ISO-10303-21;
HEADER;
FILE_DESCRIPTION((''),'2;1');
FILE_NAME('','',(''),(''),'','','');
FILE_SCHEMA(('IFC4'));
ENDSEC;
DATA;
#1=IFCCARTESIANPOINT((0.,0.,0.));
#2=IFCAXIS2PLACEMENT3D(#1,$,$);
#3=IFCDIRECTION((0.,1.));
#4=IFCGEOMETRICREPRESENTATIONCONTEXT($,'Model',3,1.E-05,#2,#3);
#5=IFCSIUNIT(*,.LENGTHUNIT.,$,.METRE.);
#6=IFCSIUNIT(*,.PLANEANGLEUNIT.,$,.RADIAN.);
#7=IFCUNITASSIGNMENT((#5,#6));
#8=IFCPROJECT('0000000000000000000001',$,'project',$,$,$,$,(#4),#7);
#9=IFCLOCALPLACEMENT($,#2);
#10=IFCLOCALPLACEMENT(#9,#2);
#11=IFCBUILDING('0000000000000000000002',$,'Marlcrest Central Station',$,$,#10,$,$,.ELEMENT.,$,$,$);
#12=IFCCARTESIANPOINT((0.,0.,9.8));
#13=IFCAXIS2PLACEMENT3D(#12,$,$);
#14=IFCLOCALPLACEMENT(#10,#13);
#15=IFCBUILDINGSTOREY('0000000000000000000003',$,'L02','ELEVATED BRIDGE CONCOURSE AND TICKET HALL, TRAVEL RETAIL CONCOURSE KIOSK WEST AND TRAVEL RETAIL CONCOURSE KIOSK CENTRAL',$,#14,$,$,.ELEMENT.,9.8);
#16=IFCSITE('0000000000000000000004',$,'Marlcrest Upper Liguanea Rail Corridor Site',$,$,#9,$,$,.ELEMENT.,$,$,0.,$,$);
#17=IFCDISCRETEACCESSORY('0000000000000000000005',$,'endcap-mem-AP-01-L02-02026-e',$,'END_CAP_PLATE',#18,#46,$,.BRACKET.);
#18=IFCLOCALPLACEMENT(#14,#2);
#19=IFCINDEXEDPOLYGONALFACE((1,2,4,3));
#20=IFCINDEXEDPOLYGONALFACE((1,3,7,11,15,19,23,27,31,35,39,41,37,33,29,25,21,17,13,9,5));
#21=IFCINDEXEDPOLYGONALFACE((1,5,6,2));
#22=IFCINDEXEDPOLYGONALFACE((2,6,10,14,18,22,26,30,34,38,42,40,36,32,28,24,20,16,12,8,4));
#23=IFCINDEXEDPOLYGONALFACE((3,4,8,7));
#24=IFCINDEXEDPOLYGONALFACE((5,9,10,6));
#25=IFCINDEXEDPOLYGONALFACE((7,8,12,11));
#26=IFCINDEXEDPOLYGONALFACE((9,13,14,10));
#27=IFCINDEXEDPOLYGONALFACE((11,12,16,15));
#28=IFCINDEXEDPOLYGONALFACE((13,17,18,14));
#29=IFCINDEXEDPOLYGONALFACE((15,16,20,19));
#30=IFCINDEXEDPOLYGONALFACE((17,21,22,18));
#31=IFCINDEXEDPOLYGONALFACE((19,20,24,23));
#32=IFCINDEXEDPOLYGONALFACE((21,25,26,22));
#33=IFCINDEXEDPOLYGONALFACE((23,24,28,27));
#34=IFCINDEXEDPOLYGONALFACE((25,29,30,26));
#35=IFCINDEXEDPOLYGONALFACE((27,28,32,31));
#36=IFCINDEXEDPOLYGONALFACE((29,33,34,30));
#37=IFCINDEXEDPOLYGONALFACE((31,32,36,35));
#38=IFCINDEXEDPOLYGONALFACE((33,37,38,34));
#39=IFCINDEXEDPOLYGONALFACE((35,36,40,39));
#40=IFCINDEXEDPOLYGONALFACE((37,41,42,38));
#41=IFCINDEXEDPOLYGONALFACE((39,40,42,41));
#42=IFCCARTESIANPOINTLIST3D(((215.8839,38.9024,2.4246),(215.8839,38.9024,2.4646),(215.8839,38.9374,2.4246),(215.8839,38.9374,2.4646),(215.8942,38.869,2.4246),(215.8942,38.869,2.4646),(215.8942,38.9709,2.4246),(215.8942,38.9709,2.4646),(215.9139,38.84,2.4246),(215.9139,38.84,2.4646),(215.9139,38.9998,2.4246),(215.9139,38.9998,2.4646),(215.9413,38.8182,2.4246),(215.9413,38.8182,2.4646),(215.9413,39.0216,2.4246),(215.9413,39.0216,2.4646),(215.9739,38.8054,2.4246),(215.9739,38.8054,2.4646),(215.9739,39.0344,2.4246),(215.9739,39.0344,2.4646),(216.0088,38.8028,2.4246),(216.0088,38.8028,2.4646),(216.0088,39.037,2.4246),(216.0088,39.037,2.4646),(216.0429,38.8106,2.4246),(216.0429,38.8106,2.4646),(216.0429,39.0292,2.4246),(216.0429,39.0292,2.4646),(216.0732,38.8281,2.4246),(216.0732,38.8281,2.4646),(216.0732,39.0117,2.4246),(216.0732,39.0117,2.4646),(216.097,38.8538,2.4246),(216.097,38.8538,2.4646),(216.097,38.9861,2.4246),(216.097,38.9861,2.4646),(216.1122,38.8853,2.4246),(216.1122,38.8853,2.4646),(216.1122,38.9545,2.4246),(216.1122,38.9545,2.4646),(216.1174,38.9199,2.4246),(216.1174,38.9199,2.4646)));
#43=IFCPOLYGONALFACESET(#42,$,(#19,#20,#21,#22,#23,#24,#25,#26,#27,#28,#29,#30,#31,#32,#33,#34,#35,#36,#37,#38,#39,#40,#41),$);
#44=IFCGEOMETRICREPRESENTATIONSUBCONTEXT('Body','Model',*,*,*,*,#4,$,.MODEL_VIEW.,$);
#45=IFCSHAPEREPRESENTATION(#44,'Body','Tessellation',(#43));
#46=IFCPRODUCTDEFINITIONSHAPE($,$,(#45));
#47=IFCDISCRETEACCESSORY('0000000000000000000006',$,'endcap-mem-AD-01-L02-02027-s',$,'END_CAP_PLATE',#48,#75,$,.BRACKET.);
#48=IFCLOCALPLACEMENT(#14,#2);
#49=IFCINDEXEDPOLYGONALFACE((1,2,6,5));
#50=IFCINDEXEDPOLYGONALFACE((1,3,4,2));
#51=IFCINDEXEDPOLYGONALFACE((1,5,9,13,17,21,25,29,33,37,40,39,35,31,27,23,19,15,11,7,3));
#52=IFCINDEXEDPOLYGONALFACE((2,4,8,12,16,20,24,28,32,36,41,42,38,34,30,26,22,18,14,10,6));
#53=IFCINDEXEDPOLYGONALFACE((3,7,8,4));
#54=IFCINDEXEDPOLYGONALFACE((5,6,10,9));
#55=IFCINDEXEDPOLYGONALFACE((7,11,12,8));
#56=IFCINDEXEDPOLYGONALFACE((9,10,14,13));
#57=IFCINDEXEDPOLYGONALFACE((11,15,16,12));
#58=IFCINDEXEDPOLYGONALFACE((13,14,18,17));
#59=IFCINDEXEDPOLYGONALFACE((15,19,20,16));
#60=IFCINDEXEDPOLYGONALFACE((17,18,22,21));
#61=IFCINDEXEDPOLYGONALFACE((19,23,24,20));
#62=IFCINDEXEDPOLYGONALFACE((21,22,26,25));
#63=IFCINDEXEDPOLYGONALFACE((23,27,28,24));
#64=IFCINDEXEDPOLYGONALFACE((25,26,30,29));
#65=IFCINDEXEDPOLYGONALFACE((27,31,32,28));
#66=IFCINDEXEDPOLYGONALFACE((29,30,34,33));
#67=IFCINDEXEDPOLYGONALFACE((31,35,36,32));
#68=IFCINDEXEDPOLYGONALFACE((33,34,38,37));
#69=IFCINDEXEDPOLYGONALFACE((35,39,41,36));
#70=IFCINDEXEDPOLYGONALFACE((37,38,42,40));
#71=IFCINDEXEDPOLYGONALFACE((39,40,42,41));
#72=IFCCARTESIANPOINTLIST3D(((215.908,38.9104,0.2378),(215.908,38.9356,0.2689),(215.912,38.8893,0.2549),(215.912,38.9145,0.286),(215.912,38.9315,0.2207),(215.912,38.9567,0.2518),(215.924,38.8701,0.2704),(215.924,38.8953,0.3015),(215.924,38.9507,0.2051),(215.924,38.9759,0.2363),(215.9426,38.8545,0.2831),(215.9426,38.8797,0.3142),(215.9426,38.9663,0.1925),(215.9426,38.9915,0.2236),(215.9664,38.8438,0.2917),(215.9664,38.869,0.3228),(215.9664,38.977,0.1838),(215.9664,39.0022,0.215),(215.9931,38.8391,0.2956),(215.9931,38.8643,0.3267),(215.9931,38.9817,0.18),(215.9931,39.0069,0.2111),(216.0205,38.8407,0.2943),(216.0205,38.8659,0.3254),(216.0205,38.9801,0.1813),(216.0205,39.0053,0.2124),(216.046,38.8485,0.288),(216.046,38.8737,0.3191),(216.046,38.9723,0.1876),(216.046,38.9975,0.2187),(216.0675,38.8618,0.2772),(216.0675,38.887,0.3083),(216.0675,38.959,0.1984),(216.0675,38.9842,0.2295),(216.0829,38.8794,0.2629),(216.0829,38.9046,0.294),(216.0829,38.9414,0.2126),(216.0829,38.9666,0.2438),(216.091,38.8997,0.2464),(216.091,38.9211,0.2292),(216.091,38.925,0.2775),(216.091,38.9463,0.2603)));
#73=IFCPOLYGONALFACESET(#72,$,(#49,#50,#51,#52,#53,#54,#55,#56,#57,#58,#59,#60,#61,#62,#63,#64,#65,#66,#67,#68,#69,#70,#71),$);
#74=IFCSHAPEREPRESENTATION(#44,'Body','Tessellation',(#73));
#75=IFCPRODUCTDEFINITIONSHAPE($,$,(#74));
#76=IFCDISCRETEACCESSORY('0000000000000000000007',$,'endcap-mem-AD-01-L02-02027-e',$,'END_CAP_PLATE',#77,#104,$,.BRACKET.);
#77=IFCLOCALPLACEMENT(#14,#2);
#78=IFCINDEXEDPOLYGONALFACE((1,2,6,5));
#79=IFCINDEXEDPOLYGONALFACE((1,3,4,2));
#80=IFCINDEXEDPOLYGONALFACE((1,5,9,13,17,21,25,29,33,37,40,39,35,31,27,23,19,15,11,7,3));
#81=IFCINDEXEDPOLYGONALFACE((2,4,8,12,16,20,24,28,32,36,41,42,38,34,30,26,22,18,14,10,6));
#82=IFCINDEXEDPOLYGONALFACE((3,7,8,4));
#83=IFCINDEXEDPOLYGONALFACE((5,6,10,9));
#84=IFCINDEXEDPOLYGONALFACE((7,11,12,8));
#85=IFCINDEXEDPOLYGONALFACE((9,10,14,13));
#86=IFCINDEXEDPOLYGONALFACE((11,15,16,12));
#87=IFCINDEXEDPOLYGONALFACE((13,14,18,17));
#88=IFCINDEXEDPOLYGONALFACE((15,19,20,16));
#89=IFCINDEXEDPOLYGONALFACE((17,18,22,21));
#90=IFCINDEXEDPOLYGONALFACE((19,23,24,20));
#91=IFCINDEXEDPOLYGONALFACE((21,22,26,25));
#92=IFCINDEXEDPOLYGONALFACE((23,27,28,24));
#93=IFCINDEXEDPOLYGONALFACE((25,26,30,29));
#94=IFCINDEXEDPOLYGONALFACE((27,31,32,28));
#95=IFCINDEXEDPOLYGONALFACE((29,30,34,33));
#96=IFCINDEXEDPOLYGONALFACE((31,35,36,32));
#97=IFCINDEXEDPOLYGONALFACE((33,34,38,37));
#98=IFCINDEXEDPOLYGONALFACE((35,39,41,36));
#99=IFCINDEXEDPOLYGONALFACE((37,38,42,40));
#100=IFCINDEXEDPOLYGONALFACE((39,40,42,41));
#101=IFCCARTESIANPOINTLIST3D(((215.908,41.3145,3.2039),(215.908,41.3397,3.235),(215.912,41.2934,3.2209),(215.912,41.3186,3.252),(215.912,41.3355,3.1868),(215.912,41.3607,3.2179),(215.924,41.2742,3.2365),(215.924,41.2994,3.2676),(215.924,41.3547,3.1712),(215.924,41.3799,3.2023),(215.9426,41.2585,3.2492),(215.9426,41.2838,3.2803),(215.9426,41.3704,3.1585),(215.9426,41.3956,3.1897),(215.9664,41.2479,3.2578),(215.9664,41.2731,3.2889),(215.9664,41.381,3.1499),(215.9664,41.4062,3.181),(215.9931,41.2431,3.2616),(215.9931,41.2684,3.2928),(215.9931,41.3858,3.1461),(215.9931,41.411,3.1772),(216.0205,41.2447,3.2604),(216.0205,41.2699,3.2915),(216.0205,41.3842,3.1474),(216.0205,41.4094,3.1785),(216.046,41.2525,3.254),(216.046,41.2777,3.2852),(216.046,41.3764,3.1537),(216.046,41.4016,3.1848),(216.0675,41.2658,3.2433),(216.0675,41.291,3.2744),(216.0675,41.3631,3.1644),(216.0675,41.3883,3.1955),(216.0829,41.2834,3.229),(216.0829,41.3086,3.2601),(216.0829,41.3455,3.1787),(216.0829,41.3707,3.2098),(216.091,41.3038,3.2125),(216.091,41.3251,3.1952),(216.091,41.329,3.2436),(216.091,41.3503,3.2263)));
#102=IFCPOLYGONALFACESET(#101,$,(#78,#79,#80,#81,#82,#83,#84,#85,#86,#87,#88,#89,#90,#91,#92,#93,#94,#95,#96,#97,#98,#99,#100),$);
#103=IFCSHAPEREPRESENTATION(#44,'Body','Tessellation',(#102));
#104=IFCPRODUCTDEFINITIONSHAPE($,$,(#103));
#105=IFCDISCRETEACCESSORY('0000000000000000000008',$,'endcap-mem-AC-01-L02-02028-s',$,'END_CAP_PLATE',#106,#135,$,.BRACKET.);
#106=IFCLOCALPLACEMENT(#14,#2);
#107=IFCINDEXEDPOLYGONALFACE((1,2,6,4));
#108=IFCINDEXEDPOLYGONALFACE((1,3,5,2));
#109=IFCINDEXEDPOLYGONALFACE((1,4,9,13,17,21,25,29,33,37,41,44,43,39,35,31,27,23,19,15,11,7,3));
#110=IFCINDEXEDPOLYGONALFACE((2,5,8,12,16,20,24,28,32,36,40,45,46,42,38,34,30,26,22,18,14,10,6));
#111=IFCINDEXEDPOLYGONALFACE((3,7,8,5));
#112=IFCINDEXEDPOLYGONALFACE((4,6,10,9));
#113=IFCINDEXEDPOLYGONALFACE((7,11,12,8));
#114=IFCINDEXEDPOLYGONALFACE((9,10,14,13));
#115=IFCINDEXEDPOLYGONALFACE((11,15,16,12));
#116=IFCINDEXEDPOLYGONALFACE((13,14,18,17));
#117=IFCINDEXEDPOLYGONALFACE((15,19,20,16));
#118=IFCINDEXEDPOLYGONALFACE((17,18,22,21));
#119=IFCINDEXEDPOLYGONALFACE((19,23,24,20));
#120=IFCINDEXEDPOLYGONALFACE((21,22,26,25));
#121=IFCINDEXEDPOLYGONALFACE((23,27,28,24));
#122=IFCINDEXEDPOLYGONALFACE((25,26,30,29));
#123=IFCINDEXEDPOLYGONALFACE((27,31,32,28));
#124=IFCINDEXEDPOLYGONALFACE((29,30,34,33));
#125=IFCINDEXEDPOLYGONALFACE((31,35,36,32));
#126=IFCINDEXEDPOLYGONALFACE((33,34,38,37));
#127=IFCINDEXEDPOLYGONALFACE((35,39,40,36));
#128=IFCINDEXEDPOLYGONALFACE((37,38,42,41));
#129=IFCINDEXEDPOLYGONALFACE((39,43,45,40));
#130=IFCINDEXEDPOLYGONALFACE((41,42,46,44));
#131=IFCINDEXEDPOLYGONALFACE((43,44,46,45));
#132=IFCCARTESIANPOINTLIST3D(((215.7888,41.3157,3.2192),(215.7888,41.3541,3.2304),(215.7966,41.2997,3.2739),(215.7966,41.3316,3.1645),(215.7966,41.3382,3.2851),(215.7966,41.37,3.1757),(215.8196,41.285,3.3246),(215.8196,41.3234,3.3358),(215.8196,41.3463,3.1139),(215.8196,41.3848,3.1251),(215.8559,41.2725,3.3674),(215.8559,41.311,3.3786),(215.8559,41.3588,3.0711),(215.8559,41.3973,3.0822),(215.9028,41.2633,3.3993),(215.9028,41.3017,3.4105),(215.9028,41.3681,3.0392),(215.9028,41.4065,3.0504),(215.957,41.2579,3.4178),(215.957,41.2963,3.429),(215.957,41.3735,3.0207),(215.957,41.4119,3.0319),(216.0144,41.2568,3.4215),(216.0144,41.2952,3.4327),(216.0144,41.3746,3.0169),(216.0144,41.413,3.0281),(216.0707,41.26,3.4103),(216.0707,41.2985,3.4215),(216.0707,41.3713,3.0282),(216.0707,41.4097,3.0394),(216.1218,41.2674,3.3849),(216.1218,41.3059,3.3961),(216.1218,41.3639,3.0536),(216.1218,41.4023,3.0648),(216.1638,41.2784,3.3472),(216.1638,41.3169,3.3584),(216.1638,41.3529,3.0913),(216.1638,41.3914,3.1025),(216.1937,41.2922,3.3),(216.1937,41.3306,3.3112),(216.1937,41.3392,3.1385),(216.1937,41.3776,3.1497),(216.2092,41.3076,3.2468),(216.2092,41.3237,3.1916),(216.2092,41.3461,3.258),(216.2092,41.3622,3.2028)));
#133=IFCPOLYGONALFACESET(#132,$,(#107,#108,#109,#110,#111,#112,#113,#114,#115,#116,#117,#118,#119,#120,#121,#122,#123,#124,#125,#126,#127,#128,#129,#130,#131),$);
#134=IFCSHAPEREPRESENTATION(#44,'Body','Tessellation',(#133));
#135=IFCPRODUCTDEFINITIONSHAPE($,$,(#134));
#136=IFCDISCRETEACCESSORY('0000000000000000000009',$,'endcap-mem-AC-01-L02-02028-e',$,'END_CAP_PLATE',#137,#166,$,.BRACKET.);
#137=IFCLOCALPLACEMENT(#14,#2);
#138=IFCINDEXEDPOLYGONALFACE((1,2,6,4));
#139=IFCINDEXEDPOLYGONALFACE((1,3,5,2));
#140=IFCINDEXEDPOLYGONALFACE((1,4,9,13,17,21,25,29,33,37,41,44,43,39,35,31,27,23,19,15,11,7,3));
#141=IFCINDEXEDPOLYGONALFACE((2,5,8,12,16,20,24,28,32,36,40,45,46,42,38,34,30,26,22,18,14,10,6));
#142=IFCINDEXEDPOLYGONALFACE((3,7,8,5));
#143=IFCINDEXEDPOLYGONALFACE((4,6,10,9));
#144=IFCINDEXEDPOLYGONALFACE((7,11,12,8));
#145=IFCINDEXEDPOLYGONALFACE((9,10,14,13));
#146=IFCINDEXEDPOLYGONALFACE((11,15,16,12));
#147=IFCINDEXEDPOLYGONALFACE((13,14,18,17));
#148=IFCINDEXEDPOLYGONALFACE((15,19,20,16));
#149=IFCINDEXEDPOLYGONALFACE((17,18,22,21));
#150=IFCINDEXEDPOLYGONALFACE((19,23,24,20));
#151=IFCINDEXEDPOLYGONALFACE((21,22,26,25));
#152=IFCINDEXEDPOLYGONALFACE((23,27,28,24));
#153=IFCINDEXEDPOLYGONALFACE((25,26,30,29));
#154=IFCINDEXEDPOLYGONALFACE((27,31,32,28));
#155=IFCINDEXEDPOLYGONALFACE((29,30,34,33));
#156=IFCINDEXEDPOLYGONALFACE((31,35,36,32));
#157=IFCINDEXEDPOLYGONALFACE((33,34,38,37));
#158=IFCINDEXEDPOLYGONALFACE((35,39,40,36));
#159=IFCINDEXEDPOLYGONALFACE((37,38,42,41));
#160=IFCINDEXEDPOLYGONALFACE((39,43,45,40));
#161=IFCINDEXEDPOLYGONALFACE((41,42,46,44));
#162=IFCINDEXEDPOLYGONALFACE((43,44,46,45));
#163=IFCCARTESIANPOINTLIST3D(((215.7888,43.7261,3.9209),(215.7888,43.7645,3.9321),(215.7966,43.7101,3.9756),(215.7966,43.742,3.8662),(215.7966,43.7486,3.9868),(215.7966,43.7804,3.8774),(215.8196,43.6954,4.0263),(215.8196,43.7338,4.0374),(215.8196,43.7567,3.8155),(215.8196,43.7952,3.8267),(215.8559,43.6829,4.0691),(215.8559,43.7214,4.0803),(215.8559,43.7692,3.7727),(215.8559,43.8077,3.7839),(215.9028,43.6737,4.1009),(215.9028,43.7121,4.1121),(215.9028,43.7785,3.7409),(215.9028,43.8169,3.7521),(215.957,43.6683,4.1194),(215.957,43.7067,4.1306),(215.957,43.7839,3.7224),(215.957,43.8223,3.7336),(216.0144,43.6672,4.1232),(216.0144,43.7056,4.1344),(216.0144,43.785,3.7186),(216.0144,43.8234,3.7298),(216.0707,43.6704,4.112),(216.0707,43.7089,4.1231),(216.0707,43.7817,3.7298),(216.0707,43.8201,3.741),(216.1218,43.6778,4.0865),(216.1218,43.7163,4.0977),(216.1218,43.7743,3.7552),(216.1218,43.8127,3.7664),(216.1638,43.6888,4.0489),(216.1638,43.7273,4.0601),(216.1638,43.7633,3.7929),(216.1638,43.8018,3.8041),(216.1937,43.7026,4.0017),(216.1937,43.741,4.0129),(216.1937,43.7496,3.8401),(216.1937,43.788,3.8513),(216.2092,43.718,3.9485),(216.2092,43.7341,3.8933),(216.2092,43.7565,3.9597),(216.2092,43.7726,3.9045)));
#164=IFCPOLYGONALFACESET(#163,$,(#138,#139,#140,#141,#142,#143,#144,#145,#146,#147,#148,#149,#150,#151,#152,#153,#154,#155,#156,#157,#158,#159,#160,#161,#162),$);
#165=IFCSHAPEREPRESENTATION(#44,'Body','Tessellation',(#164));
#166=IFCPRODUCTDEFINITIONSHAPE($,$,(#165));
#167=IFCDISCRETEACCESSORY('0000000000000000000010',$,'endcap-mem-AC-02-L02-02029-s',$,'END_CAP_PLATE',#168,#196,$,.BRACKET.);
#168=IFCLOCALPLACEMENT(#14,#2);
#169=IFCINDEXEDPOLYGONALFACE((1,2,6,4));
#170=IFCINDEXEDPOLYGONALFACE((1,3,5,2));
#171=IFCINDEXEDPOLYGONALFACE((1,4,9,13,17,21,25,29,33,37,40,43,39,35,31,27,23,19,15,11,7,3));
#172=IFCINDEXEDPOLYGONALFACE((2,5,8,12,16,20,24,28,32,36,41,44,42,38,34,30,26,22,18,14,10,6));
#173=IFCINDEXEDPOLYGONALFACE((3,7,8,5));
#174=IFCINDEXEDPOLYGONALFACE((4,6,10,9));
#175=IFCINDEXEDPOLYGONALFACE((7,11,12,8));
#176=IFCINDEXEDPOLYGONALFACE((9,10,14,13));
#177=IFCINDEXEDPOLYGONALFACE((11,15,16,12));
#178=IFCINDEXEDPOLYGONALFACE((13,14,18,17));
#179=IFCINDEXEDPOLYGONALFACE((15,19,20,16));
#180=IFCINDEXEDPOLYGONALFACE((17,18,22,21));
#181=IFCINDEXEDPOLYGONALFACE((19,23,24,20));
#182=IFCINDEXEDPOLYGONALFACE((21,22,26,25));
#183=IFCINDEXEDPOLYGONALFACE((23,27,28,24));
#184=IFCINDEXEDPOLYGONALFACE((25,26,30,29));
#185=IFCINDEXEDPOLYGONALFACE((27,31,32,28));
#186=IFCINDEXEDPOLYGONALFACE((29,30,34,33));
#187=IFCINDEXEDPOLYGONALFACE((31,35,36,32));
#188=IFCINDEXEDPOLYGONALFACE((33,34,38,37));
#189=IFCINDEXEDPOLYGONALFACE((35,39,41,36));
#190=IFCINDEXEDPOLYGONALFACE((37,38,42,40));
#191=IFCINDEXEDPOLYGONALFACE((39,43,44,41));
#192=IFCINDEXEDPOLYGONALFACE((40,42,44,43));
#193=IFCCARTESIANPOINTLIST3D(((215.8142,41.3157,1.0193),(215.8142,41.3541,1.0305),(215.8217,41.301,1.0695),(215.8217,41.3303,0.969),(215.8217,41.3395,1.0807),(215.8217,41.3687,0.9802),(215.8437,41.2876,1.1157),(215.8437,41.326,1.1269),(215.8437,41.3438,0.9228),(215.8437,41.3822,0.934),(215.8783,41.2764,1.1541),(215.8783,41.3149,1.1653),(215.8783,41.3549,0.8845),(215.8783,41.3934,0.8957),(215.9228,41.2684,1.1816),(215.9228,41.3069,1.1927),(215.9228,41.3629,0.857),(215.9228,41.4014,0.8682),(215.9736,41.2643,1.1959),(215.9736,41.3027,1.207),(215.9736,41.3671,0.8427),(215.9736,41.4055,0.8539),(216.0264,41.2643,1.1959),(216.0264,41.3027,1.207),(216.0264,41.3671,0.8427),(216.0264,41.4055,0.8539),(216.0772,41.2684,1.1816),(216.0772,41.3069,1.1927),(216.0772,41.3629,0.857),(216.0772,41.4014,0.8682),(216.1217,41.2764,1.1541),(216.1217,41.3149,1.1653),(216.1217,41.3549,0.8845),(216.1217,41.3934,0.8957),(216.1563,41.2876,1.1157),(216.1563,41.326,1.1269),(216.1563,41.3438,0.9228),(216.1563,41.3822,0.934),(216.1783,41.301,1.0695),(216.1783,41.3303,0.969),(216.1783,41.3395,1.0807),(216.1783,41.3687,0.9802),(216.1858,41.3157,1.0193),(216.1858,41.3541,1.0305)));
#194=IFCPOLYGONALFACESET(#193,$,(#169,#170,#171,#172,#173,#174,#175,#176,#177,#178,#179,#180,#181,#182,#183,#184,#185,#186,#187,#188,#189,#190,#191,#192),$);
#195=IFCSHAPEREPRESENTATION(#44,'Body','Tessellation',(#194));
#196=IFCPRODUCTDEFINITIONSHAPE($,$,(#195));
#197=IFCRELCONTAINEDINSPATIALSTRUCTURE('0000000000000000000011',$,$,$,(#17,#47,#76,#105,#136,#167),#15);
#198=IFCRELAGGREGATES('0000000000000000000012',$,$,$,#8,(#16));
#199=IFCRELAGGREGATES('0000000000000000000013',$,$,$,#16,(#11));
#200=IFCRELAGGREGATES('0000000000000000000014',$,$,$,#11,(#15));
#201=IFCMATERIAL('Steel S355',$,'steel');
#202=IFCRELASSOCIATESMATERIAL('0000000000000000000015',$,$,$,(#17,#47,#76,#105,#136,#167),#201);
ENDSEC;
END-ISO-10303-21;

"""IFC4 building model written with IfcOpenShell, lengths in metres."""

from ifc_helpers import new_model, si_unit, direction, frame, origin, origin_2d, place, context, subcontext, project, spatial, circle, extrude, material, element, save


model = new_model("IFC4")

# Units and contexts
model_context = context("Model", 3, precision=1e-05, world=origin(), true_north=direction((0.0, 1.0)))
body_context = subcontext(model_context, "Body", "Model", "MODEL_VIEW")
ifc_project = project(units=[si_unit("LENGTHUNIT", "METRE"), si_unit("PLANEANGLEUNIT", "RADIAN")], contexts=[model_context])

# Site, building, storey
site_placement = place(None, origin())
site = spatial("IfcSite", under=ifc_project, at=site_placement, Name="Marlcrest Upper Liguanea Rail Corridor Site", CompositionType="ELEMENT", RefElevation=0.0)
building_placement = place(site_placement, origin())
building = spatial("IfcBuilding", under=site, at=building_placement, Name="Marlcrest Central Station", CompositionType="ELEMENT")
storey_placement = place(building_placement, frame((0.0, 0.0, 9.8)))
storey = spatial("IfcBuildingStorey", under=building, at=storey_placement, Name="L02", Description="ELEVATED BRIDGE CONCOURSE AND TICKET HALL, TRAVEL RETAIL CONCOURSE KIOSK WEST AND TRAVEL RETAIL CONCOURSE KIOSK CENTRAL", CompositionType="ELEMENT", Elevation=9.8)

# Shared definitions
ifc_material = material(Name="Steel S355", Category="steel")

# Discrete accessories
for number, where, z_axis, x_axis, name in (
    (1, (216.0, 38.9199, 2.4246), (0.0, 0.0, 1.0), (1.0, 0.0, 0.0), "endcap-mem-AP-01-L02-02026-e"),
):
    element("IfcDiscreteAccessory", number, at=place(storey_placement, frame(where, z_axis=z_axis, x_axis=x_axis)), inside=storey, material=ifc_material, Name=name, ObjectType="END_CAP_PLATE", PredefinedType="BRACKET", context=body_context, shape_type="SweptSolid", body=[
        extrude(circle(Radius=0.1174, at=origin_2d()), origin(), (0.0, 0.0, 1.0), 0.04),
    ])
for number, where, z_axis, x_axis, name in (
    (2, (216.0, 38.9104, 0.2378), (0.0, 0.629629, 0.776896), (-1.0, 0.0, 0.0), "endcap-mem-AD-01-L02-02027-s"),
    (3, (216.0, 41.3145, 3.2039), (0.0, 0.629629, 0.776896), (-1.0, 0.0, 0.0), "endcap-mem-AD-01-L02-02027-e"),
):
    element("IfcDiscreteAccessory", number, at=place(storey_placement, frame(where, z_axis=z_axis, x_axis=x_axis)), inside=storey, material=ifc_material, Name=name, ObjectType="END_CAP_PLATE", PredefinedType="BRACKET", context=body_context, shape_type="SweptSolid", body=[
        extrude(circle(Radius=0.092, at=origin_2d()), origin(), (0.0, 0.0, 1.0), 0.04),
    ])
for number, where, z_axis, x_axis, name in (
    (4, (216.0, 41.3157, 3.2192), (0.0, 0.96013, 0.279554), (-1.0, 0.0, 0.0), "endcap-mem-AC-01-L02-02028-s"),
    (5, (216.0, 43.7261, 3.9209), (0.0, 0.96013, 0.279554), (-1.0, 0.0, 0.0), "endcap-mem-AC-01-L02-02028-e"),
):
    element("IfcDiscreteAccessory", number, at=place(storey_placement, frame(where, z_axis=z_axis, x_axis=x_axis)), inside=storey, material=ifc_material, Name=name, ObjectType="END_CAP_PLATE", PredefinedType="BRACKET", context=body_context, shape_type="SweptSolid", body=[
        extrude(circle(Radius=0.2112, at=origin_2d()), origin(), (0.0, 0.0, 1.0), 0.04),
    ])
for number, where, z_axis, x_axis, name in (
    (6, (216.0, 41.3157, 1.0193), (0.0, 0.96013, 0.279554), (-1.0, 0.0, 0.0), "endcap-mem-AC-02-L02-02029-s"),
):
    element("IfcDiscreteAccessory", number, at=place(storey_placement, frame(where, z_axis=z_axis, x_axis=x_axis)), inside=storey, material=ifc_material, Name=name, ObjectType="END_CAP_PLATE", PredefinedType="BRACKET", context=body_context, shape_type="SweptSolid", body=[
        extrude(circle(Radius=0.1858, at=origin_2d()), origin(), (0.0, 0.0, 1.0), 0.04),
    ])

save(model, "model.ifc")
